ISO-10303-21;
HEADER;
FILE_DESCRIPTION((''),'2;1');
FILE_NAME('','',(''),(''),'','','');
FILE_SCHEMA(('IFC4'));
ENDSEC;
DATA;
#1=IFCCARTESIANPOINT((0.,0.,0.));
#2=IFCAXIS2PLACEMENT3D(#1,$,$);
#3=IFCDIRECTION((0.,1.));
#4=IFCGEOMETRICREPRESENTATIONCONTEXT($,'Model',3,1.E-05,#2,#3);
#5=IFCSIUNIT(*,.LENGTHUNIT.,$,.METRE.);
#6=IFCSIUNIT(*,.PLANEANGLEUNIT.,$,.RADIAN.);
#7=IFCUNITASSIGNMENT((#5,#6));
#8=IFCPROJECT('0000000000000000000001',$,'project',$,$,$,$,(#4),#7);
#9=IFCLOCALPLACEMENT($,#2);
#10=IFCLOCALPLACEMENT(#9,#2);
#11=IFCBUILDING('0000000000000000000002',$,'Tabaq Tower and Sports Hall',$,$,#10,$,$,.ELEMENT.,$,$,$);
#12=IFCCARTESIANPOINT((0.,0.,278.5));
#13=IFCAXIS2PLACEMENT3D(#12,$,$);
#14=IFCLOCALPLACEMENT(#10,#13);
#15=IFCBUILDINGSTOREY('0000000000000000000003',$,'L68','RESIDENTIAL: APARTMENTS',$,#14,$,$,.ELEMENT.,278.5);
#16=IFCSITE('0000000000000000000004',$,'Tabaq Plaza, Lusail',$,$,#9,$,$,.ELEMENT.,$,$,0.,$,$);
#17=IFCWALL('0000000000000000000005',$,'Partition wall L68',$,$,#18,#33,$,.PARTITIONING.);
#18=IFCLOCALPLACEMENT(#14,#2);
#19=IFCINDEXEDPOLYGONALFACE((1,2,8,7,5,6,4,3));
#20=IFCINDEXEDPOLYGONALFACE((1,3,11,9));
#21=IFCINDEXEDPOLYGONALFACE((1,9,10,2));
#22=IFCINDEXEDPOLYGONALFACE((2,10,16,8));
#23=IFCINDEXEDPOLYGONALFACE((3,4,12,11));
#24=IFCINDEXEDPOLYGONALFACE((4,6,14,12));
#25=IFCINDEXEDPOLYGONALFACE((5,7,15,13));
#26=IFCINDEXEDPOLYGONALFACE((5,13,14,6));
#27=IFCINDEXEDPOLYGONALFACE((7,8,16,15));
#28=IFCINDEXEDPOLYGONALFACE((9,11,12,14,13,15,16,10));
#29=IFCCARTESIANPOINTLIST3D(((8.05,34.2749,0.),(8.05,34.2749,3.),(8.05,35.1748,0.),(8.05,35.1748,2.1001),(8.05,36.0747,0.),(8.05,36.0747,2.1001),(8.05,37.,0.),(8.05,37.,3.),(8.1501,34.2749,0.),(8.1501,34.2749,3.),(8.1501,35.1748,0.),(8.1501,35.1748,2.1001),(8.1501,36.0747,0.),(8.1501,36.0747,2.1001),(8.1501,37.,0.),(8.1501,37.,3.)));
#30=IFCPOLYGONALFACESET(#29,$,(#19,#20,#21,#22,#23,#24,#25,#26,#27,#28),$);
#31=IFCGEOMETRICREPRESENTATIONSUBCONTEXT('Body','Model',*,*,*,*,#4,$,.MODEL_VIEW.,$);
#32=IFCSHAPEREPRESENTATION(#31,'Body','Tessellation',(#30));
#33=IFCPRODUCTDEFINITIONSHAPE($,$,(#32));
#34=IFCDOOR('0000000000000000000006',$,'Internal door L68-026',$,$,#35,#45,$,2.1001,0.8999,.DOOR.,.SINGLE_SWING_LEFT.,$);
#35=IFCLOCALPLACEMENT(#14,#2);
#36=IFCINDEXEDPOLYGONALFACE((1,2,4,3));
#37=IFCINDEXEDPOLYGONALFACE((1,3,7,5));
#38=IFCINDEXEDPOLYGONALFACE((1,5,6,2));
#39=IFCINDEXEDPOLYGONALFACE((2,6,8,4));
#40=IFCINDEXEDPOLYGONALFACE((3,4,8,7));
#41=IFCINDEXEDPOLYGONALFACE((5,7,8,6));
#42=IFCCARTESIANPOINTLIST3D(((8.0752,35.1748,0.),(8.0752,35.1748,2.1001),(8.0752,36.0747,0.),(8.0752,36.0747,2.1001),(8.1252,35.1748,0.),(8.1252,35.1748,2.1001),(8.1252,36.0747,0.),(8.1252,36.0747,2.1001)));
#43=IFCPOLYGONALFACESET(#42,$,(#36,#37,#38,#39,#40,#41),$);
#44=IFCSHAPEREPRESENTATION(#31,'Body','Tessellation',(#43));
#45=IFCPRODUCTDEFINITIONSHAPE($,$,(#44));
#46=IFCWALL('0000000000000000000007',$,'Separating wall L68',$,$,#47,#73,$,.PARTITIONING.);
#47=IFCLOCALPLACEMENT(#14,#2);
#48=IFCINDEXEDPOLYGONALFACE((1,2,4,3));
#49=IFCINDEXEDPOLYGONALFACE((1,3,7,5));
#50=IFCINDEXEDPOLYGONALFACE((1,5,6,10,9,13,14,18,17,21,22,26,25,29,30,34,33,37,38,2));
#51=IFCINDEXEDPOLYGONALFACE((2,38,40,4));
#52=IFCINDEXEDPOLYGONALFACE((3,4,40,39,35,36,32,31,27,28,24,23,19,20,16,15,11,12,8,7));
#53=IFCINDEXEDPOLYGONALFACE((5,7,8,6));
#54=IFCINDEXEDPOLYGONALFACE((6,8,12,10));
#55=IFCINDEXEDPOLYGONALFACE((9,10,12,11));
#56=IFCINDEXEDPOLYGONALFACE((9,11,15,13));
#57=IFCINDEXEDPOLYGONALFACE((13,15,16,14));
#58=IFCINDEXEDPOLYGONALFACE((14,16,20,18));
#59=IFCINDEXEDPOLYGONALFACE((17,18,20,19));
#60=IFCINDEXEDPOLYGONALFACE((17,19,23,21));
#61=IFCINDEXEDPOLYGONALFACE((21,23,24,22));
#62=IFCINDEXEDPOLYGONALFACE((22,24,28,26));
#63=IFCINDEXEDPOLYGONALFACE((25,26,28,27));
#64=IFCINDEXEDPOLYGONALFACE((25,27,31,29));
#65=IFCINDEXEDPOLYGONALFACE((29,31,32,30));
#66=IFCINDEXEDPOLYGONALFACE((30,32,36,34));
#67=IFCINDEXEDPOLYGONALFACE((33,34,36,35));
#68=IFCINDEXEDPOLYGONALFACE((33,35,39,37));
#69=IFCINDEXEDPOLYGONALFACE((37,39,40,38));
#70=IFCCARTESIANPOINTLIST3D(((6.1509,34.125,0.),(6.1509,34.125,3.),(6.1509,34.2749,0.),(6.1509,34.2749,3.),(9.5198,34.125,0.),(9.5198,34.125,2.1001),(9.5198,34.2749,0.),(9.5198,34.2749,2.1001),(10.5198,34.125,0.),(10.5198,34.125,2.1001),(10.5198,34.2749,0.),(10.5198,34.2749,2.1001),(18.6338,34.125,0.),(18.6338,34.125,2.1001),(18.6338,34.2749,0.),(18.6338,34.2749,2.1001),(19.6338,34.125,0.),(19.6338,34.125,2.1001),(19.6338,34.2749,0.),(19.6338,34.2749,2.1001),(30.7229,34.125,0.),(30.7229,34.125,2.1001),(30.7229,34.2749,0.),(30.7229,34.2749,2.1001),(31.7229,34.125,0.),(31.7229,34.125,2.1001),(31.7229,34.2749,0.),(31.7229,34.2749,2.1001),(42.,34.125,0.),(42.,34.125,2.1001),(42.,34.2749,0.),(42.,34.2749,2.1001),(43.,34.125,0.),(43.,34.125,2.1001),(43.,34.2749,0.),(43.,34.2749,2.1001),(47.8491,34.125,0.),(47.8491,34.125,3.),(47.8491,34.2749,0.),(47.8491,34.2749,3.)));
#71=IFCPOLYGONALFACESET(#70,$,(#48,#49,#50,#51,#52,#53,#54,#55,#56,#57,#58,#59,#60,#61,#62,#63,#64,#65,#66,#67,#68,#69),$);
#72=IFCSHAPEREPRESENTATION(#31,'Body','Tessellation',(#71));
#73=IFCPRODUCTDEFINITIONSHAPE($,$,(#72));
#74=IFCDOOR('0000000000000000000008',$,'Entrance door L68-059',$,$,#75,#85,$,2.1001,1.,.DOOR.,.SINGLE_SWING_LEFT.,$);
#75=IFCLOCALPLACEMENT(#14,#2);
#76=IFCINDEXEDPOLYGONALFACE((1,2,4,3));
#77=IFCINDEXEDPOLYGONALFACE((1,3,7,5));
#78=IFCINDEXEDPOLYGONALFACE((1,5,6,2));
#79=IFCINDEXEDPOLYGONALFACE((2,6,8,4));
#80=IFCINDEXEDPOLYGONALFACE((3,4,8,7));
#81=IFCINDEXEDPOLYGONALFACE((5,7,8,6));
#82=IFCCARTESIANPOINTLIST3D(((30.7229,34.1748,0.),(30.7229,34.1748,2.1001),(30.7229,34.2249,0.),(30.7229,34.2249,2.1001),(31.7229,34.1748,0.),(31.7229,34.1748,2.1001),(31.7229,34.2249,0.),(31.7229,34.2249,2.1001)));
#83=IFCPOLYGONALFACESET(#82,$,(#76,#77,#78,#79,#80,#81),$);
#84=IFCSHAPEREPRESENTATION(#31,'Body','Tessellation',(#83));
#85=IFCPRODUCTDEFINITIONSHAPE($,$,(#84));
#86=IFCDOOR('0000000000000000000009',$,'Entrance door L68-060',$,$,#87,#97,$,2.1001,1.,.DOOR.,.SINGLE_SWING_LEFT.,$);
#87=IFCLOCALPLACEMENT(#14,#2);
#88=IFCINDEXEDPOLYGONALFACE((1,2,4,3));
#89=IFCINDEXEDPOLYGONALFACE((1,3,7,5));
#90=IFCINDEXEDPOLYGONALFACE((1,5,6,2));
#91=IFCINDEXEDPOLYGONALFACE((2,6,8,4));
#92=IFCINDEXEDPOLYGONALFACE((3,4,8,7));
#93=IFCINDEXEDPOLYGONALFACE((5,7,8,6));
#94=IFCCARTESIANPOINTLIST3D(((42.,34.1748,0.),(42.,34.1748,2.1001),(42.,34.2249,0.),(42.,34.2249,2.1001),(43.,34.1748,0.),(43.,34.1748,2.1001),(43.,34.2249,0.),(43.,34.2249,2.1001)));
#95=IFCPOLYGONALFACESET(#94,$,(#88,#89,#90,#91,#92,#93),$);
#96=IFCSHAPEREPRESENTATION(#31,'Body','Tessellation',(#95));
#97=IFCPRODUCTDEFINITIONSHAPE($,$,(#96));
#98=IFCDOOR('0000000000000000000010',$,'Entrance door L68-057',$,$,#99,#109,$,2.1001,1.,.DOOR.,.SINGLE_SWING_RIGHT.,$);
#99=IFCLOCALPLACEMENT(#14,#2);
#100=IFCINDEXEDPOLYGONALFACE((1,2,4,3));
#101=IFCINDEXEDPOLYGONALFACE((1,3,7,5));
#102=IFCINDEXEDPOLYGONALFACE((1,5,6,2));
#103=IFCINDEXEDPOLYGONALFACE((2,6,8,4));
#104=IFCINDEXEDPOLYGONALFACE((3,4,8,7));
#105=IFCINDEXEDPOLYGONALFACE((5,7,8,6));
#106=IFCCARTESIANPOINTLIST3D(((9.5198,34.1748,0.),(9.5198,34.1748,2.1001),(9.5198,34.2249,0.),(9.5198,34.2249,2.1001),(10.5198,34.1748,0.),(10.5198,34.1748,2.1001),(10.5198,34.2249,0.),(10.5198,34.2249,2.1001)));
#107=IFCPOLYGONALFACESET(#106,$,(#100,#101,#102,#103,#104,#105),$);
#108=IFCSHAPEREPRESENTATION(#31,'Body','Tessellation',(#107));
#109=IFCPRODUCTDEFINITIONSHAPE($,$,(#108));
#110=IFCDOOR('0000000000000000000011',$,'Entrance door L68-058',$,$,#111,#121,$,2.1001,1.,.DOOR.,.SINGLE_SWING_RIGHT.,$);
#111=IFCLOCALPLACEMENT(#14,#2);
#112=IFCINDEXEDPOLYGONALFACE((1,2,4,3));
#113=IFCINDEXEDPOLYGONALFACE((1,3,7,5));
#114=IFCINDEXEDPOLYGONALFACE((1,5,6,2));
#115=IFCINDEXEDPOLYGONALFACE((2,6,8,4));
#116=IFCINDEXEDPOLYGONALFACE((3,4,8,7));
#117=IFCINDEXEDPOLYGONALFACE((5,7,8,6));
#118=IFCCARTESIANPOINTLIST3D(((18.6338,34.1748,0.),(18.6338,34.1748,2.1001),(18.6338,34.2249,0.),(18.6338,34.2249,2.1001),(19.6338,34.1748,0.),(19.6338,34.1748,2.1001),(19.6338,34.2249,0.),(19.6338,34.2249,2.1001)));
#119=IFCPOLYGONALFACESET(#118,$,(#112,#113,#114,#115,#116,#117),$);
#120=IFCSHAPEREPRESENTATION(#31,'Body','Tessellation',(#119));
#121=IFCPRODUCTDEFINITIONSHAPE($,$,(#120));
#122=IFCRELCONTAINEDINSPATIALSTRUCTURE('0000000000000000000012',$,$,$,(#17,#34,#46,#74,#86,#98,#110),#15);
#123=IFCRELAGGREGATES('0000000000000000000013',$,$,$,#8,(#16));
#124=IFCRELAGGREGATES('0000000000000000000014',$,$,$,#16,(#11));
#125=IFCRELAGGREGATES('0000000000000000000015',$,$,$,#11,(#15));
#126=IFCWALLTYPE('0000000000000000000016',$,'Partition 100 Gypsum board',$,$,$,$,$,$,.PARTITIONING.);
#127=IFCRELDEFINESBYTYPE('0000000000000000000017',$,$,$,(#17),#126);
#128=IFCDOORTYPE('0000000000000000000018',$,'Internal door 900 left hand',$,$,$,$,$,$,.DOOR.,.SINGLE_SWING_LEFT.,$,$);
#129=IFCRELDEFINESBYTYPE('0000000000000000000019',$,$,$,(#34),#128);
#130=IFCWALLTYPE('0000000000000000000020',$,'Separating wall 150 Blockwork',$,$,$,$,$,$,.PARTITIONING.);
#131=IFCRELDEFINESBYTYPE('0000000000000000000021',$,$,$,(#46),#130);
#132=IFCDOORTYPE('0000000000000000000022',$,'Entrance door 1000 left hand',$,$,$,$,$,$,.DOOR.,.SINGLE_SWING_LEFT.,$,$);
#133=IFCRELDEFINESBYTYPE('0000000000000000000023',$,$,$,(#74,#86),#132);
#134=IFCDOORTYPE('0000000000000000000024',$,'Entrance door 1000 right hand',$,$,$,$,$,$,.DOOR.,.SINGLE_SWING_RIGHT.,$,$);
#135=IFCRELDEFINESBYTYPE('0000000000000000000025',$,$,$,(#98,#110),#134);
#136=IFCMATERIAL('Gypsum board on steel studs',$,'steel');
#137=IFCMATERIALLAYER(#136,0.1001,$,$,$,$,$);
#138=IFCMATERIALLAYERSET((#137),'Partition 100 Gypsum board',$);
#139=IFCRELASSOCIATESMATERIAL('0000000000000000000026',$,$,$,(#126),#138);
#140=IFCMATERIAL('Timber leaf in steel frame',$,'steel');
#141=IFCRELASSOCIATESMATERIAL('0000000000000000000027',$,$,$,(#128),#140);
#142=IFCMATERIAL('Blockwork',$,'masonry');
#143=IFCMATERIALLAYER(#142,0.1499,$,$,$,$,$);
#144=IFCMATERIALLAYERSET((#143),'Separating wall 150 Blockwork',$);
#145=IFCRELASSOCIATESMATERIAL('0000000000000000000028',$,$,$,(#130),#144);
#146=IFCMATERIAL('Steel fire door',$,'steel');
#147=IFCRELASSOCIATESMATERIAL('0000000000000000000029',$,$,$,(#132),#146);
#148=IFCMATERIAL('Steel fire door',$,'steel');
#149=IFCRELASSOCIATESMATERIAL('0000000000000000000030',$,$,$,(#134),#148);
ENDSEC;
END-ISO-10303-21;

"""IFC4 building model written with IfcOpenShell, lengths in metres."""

from ifc_helpers import new_model, si_unit, direction, frame, frame_2d, origin, place, context, subcontext, project, spatial, rectangle, extrude, material, layer, layer_set, type_object, element, fill, save


model = new_model("IFC4")

# Units and contexts
model_context = context("Model", 3, precision=1e-05, world=origin(), true_north=direction((0.0, 1.0)))
body_context = subcontext(model_context, "Body", "Model", "MODEL_VIEW")
ifc_project = project(units=[si_unit("LENGTHUNIT", "METRE"), si_unit("PLANEANGLEUNIT", "RADIAN")], contexts=[model_context])

# Site, building, storey
site_placement = place(None, origin())
site = spatial("IfcSite", under=ifc_project, at=site_placement, Name="Tabaq Plaza, Lusail", CompositionType="ELEMENT", RefElevation=0.0)
building_placement = place(site_placement, origin())
building = spatial("IfcBuilding", under=site, at=building_placement, Name="Tabaq Tower and Sports Hall", CompositionType="ELEMENT")
storey_placement = place(building_placement, frame((0.0, 0.0, 278.5)))
storey = spatial("IfcBuildingStorey", under=building, at=storey_placement, Name="L68", Description="RESIDENTIAL: APARTMENTS", CompositionType="ELEMENT", Elevation=278.5)

# Shared definitions
ifc_material_1 = material(Name="Gypsum board on steel studs", Category="steel")
ifc_layer_1 = layer(ifc_material_1, 0.1001)
ifc_layer_set_1 = layer_set([ifc_layer_1], Name="Partition 100 Gypsum board")
wall_type_1 = type_object("IfcWallType", Name="Partition 100 Gypsum board", PredefinedType="PARTITIONING", material=ifc_layer_set_1)

# Shared definitions
ifc_material_2 = material(Name="Timber leaf in steel frame", Category="steel")
door_type_1 = type_object("IfcDoorType", Name="Internal door 900 left hand", OperationType="SINGLE_SWING_LEFT", PredefinedType="DOOR", material=ifc_material_2)

# Wall, opening, door
wall_1_placement = place(storey_placement, frame((8.1001, 34.2749, 0.0), z_axis=(0.0, 0.0, 1.0), x_axis=(0.0, 1.0, 0.0)))
wall_1 = element("IfcWall", 1, at=wall_1_placement, inside=storey, type_object=wall_type_1, Name="Partition wall L68", PredefinedType="PARTITIONING", context=body_context, shape_type="SweptSolid", body=[
    extrude(rectangle(XDim=2.7251, YDim=0.1001, at=frame_2d((1.3625, 0.0))), origin(), (0.0, 0.0, 1.0), 3.0),
])
opening_1_placement = place(wall_1_placement, frame((0.8999, 0.0, 0.0)))
opening_1 = element("IfcOpeningElement", 2, at=opening_1_placement, cuts=wall_1, PredefinedType="OPENING", context=body_context, shape_type="SweptSolid", body=[
    extrude(rectangle(XDim=0.8999, YDim=2.1001, at=frame_2d((0.45, 1.05))), frame((0.0, 0.05, 0.0), z_axis=(0.0, -1.0, 0.0), x_axis=(1.0, 0.0, 0.0)), (0.0, 0.0, 1.0), 0.1001),
])
door_1_placement = place(opening_1_placement, origin())
door_1 = element("IfcDoor", 3, at=door_1_placement, inside=storey, type_object=door_type_1, Name="Internal door L68-026", OperationType="SINGLE_SWING_LEFT", OverallHeight=2.1001, OverallWidth=0.8999, PredefinedType="DOOR", context=body_context, shape_type="SweptSolid", body=[
    extrude(rectangle(XDim=0.8999, YDim=2.1001, at=frame_2d((0.45, 1.05))), frame((0.0, 0.0249, 0.0), z_axis=(0.0, -1.0, 0.0), x_axis=(1.0, 0.0, 0.0)), (0.0, 0.0, 1.0), 0.05),
])
fill(opening_1, door_1)

# Wall, openings, doors
ifc_material_3 = material(Name="Blockwork", Category="masonry")
ifc_layer_2 = layer(ifc_material_3, 0.1499)
ifc_layer_set_2 = layer_set([ifc_layer_2], Name="Separating wall 150 Blockwork")
wall_type_2 = type_object("IfcWallType", Name="Separating wall 150 Blockwork", PredefinedType="PARTITIONING", material=ifc_layer_set_2)
wall_2_placement = place(storey_placement, frame((6.1509, 34.2, 0.0), z_axis=(0.0, 0.0, 1.0), x_axis=(1.0, 0.0, 0.0)))
wall_2 = element("IfcWall", 4, at=wall_2_placement, inside=storey, type_object=wall_type_2, Name="Separating wall L68", PredefinedType="PARTITIONING", context=body_context, shape_type="SweptSolid", body=[
    extrude(rectangle(XDim=41.6982, YDim=0.1499, at=frame_2d((20.8491, 0.0))), origin(), (0.0, 0.0, 1.0), 3.0),
])
opening_2_placement = place(wall_2_placement, frame((3.3689, 0.0, 0.0)))
opening_2 = element("IfcOpeningElement", 5, at=opening_2_placement, cuts=wall_2, PredefinedType="OPENING", context=body_context, shape_type="SweptSolid", body=[
    extrude(rectangle(XDim=1.0, YDim=2.1001, at=frame_2d((0.5, 1.05))), frame((0.0, 0.075, 0.0), z_axis=(0.0, -1.0, 0.0), x_axis=(1.0, 0.0, 0.0)), (0.0, 0.0, 1.0), 0.1499),
])
opening_3_placement = place(wall_2_placement, frame((12.4829, 0.0, 0.0)))
opening_3 = element("IfcOpeningElement", 6, at=opening_3_placement, cuts=wall_2, PredefinedType="OPENING", context=body_context, shape_type="SweptSolid", body=[
    extrude(rectangle(XDim=1.0, YDim=2.1001, at=frame_2d((0.5, 1.05))), frame((0.0, 0.075, 0.0), z_axis=(0.0, -1.0, 0.0), x_axis=(1.0, 0.0, 0.0)), (0.0, 0.0, 1.0), 0.1499),
])
opening_4_placement = place(wall_2_placement, frame((24.572, 0.0, 0.0)))
opening_4 = element("IfcOpeningElement", 7, at=opening_4_placement, cuts=wall_2, PredefinedType="OPENING", context=body_context, shape_type="SweptSolid", body=[
    extrude(rectangle(XDim=1.0, YDim=2.1001, at=frame_2d((0.5, 1.05))), frame((0.0, 0.075, 0.0), z_axis=(0.0, -1.0, 0.0), x_axis=(1.0, 0.0, 0.0)), (0.0, 0.0, 1.0), 0.1499),
])
opening_5_placement = place(wall_2_placement, frame((35.8491, 0.0, 0.0)))
opening_5 = element("IfcOpeningElement", 8, at=opening_5_placement, cuts=wall_2, PredefinedType="OPENING", context=body_context, shape_type="SweptSolid", body=[
    extrude(rectangle(XDim=1.0, YDim=2.1001, at=frame_2d((0.5, 1.05))), frame((0.0, 0.075, 0.0), z_axis=(0.0, -1.0, 0.0), x_axis=(1.0, 0.0, 0.0)), (0.0, 0.0, 1.0), 0.1499),
])
ifc_material_4 = material(Name="Steel fire door", Category="steel")
door_type_2 = type_object("IfcDoorType", Name="Entrance door 1000 left hand", OperationType="SINGLE_SWING_LEFT", PredefinedType="DOOR", material=ifc_material_4)
door_2_placement = place(opening_4_placement, origin())
door_2 = element("IfcDoor", 9, at=door_2_placement, inside=storey, type_object=door_type_2, Name="Entrance door L68-059", OperationType="SINGLE_SWING_LEFT", OverallHeight=2.1001, OverallWidth=1.0, PredefinedType="DOOR", context=body_context, shape_type="SweptSolid", body=[
    extrude(rectangle(XDim=1.0, YDim=2.1001, at=frame_2d((0.5, 1.05))), frame((0.0, 0.0249, 0.0), z_axis=(0.0, -1.0, 0.0), x_axis=(1.0, 0.0, 0.0)), (0.0, 0.0, 1.0), 0.05),
])
fill(opening_4, door_2)
door_3_placement = place(opening_5_placement, origin())
door_3 = element("IfcDoor", 10, at=door_3_placement, inside=storey, type_object=door_type_2, Name="Entrance door L68-060", OperationType="SINGLE_SWING_LEFT", OverallHeight=2.1001, OverallWidth=1.0, PredefinedType="DOOR", context=body_context, shape_type="SweptSolid", body=[
    extrude(rectangle(XDim=1.0, YDim=2.1001, at=frame_2d((0.5, 1.05))), frame((0.0, 0.0249, 0.0), z_axis=(0.0, -1.0, 0.0), x_axis=(1.0, 0.0, 0.0)), (0.0, 0.0, 1.0), 0.05),
])
fill(opening_5, door_3)
ifc_material_5 = material(Name="Steel fire door", Category="steel")
door_type_3 = type_object("IfcDoorType", Name="Entrance door 1000 right hand", OperationType="SINGLE_SWING_RIGHT", PredefinedType="DOOR", material=ifc_material_5)
door_4_placement = place(opening_2_placement, origin())
door_4 = element("IfcDoor", 11, at=door_4_placement, inside=storey, type_object=door_type_3, Name="Entrance door L68-057", OperationType="SINGLE_SWING_RIGHT", OverallHeight=2.1001, OverallWidth=1.0, PredefinedType="DOOR", context=body_context, shape_type="SweptSolid", body=[
    extrude(rectangle(XDim=1.0, YDim=2.1001, at=frame_2d((0.5, 1.05))), frame((0.0, 0.0249, 0.0), z_axis=(0.0, -1.0, 0.0), x_axis=(1.0, 0.0, 0.0)), (0.0, 0.0, 1.0), 0.05),
])
fill(opening_2, door_4)
door_5_placement = place(opening_3_placement, origin())
door_5 = element("IfcDoor", 12, at=door_5_placement, inside=storey, type_object=door_type_3, Name="Entrance door L68-058", OperationType="SINGLE_SWING_RIGHT", OverallHeight=2.1001, OverallWidth=1.0, PredefinedType="DOOR", context=body_context, shape_type="SweptSolid", body=[
    extrude(rectangle(XDim=1.0, YDim=2.1001, at=frame_2d((0.5, 1.05))), frame((0.0, 0.0249, 0.0), z_axis=(0.0, -1.0, 0.0), x_axis=(1.0, 0.0, 0.0)), (0.0, 0.0, 1.0), 0.05),
])
fill(opening_3, door_5)

save(model, "model.ifc")
